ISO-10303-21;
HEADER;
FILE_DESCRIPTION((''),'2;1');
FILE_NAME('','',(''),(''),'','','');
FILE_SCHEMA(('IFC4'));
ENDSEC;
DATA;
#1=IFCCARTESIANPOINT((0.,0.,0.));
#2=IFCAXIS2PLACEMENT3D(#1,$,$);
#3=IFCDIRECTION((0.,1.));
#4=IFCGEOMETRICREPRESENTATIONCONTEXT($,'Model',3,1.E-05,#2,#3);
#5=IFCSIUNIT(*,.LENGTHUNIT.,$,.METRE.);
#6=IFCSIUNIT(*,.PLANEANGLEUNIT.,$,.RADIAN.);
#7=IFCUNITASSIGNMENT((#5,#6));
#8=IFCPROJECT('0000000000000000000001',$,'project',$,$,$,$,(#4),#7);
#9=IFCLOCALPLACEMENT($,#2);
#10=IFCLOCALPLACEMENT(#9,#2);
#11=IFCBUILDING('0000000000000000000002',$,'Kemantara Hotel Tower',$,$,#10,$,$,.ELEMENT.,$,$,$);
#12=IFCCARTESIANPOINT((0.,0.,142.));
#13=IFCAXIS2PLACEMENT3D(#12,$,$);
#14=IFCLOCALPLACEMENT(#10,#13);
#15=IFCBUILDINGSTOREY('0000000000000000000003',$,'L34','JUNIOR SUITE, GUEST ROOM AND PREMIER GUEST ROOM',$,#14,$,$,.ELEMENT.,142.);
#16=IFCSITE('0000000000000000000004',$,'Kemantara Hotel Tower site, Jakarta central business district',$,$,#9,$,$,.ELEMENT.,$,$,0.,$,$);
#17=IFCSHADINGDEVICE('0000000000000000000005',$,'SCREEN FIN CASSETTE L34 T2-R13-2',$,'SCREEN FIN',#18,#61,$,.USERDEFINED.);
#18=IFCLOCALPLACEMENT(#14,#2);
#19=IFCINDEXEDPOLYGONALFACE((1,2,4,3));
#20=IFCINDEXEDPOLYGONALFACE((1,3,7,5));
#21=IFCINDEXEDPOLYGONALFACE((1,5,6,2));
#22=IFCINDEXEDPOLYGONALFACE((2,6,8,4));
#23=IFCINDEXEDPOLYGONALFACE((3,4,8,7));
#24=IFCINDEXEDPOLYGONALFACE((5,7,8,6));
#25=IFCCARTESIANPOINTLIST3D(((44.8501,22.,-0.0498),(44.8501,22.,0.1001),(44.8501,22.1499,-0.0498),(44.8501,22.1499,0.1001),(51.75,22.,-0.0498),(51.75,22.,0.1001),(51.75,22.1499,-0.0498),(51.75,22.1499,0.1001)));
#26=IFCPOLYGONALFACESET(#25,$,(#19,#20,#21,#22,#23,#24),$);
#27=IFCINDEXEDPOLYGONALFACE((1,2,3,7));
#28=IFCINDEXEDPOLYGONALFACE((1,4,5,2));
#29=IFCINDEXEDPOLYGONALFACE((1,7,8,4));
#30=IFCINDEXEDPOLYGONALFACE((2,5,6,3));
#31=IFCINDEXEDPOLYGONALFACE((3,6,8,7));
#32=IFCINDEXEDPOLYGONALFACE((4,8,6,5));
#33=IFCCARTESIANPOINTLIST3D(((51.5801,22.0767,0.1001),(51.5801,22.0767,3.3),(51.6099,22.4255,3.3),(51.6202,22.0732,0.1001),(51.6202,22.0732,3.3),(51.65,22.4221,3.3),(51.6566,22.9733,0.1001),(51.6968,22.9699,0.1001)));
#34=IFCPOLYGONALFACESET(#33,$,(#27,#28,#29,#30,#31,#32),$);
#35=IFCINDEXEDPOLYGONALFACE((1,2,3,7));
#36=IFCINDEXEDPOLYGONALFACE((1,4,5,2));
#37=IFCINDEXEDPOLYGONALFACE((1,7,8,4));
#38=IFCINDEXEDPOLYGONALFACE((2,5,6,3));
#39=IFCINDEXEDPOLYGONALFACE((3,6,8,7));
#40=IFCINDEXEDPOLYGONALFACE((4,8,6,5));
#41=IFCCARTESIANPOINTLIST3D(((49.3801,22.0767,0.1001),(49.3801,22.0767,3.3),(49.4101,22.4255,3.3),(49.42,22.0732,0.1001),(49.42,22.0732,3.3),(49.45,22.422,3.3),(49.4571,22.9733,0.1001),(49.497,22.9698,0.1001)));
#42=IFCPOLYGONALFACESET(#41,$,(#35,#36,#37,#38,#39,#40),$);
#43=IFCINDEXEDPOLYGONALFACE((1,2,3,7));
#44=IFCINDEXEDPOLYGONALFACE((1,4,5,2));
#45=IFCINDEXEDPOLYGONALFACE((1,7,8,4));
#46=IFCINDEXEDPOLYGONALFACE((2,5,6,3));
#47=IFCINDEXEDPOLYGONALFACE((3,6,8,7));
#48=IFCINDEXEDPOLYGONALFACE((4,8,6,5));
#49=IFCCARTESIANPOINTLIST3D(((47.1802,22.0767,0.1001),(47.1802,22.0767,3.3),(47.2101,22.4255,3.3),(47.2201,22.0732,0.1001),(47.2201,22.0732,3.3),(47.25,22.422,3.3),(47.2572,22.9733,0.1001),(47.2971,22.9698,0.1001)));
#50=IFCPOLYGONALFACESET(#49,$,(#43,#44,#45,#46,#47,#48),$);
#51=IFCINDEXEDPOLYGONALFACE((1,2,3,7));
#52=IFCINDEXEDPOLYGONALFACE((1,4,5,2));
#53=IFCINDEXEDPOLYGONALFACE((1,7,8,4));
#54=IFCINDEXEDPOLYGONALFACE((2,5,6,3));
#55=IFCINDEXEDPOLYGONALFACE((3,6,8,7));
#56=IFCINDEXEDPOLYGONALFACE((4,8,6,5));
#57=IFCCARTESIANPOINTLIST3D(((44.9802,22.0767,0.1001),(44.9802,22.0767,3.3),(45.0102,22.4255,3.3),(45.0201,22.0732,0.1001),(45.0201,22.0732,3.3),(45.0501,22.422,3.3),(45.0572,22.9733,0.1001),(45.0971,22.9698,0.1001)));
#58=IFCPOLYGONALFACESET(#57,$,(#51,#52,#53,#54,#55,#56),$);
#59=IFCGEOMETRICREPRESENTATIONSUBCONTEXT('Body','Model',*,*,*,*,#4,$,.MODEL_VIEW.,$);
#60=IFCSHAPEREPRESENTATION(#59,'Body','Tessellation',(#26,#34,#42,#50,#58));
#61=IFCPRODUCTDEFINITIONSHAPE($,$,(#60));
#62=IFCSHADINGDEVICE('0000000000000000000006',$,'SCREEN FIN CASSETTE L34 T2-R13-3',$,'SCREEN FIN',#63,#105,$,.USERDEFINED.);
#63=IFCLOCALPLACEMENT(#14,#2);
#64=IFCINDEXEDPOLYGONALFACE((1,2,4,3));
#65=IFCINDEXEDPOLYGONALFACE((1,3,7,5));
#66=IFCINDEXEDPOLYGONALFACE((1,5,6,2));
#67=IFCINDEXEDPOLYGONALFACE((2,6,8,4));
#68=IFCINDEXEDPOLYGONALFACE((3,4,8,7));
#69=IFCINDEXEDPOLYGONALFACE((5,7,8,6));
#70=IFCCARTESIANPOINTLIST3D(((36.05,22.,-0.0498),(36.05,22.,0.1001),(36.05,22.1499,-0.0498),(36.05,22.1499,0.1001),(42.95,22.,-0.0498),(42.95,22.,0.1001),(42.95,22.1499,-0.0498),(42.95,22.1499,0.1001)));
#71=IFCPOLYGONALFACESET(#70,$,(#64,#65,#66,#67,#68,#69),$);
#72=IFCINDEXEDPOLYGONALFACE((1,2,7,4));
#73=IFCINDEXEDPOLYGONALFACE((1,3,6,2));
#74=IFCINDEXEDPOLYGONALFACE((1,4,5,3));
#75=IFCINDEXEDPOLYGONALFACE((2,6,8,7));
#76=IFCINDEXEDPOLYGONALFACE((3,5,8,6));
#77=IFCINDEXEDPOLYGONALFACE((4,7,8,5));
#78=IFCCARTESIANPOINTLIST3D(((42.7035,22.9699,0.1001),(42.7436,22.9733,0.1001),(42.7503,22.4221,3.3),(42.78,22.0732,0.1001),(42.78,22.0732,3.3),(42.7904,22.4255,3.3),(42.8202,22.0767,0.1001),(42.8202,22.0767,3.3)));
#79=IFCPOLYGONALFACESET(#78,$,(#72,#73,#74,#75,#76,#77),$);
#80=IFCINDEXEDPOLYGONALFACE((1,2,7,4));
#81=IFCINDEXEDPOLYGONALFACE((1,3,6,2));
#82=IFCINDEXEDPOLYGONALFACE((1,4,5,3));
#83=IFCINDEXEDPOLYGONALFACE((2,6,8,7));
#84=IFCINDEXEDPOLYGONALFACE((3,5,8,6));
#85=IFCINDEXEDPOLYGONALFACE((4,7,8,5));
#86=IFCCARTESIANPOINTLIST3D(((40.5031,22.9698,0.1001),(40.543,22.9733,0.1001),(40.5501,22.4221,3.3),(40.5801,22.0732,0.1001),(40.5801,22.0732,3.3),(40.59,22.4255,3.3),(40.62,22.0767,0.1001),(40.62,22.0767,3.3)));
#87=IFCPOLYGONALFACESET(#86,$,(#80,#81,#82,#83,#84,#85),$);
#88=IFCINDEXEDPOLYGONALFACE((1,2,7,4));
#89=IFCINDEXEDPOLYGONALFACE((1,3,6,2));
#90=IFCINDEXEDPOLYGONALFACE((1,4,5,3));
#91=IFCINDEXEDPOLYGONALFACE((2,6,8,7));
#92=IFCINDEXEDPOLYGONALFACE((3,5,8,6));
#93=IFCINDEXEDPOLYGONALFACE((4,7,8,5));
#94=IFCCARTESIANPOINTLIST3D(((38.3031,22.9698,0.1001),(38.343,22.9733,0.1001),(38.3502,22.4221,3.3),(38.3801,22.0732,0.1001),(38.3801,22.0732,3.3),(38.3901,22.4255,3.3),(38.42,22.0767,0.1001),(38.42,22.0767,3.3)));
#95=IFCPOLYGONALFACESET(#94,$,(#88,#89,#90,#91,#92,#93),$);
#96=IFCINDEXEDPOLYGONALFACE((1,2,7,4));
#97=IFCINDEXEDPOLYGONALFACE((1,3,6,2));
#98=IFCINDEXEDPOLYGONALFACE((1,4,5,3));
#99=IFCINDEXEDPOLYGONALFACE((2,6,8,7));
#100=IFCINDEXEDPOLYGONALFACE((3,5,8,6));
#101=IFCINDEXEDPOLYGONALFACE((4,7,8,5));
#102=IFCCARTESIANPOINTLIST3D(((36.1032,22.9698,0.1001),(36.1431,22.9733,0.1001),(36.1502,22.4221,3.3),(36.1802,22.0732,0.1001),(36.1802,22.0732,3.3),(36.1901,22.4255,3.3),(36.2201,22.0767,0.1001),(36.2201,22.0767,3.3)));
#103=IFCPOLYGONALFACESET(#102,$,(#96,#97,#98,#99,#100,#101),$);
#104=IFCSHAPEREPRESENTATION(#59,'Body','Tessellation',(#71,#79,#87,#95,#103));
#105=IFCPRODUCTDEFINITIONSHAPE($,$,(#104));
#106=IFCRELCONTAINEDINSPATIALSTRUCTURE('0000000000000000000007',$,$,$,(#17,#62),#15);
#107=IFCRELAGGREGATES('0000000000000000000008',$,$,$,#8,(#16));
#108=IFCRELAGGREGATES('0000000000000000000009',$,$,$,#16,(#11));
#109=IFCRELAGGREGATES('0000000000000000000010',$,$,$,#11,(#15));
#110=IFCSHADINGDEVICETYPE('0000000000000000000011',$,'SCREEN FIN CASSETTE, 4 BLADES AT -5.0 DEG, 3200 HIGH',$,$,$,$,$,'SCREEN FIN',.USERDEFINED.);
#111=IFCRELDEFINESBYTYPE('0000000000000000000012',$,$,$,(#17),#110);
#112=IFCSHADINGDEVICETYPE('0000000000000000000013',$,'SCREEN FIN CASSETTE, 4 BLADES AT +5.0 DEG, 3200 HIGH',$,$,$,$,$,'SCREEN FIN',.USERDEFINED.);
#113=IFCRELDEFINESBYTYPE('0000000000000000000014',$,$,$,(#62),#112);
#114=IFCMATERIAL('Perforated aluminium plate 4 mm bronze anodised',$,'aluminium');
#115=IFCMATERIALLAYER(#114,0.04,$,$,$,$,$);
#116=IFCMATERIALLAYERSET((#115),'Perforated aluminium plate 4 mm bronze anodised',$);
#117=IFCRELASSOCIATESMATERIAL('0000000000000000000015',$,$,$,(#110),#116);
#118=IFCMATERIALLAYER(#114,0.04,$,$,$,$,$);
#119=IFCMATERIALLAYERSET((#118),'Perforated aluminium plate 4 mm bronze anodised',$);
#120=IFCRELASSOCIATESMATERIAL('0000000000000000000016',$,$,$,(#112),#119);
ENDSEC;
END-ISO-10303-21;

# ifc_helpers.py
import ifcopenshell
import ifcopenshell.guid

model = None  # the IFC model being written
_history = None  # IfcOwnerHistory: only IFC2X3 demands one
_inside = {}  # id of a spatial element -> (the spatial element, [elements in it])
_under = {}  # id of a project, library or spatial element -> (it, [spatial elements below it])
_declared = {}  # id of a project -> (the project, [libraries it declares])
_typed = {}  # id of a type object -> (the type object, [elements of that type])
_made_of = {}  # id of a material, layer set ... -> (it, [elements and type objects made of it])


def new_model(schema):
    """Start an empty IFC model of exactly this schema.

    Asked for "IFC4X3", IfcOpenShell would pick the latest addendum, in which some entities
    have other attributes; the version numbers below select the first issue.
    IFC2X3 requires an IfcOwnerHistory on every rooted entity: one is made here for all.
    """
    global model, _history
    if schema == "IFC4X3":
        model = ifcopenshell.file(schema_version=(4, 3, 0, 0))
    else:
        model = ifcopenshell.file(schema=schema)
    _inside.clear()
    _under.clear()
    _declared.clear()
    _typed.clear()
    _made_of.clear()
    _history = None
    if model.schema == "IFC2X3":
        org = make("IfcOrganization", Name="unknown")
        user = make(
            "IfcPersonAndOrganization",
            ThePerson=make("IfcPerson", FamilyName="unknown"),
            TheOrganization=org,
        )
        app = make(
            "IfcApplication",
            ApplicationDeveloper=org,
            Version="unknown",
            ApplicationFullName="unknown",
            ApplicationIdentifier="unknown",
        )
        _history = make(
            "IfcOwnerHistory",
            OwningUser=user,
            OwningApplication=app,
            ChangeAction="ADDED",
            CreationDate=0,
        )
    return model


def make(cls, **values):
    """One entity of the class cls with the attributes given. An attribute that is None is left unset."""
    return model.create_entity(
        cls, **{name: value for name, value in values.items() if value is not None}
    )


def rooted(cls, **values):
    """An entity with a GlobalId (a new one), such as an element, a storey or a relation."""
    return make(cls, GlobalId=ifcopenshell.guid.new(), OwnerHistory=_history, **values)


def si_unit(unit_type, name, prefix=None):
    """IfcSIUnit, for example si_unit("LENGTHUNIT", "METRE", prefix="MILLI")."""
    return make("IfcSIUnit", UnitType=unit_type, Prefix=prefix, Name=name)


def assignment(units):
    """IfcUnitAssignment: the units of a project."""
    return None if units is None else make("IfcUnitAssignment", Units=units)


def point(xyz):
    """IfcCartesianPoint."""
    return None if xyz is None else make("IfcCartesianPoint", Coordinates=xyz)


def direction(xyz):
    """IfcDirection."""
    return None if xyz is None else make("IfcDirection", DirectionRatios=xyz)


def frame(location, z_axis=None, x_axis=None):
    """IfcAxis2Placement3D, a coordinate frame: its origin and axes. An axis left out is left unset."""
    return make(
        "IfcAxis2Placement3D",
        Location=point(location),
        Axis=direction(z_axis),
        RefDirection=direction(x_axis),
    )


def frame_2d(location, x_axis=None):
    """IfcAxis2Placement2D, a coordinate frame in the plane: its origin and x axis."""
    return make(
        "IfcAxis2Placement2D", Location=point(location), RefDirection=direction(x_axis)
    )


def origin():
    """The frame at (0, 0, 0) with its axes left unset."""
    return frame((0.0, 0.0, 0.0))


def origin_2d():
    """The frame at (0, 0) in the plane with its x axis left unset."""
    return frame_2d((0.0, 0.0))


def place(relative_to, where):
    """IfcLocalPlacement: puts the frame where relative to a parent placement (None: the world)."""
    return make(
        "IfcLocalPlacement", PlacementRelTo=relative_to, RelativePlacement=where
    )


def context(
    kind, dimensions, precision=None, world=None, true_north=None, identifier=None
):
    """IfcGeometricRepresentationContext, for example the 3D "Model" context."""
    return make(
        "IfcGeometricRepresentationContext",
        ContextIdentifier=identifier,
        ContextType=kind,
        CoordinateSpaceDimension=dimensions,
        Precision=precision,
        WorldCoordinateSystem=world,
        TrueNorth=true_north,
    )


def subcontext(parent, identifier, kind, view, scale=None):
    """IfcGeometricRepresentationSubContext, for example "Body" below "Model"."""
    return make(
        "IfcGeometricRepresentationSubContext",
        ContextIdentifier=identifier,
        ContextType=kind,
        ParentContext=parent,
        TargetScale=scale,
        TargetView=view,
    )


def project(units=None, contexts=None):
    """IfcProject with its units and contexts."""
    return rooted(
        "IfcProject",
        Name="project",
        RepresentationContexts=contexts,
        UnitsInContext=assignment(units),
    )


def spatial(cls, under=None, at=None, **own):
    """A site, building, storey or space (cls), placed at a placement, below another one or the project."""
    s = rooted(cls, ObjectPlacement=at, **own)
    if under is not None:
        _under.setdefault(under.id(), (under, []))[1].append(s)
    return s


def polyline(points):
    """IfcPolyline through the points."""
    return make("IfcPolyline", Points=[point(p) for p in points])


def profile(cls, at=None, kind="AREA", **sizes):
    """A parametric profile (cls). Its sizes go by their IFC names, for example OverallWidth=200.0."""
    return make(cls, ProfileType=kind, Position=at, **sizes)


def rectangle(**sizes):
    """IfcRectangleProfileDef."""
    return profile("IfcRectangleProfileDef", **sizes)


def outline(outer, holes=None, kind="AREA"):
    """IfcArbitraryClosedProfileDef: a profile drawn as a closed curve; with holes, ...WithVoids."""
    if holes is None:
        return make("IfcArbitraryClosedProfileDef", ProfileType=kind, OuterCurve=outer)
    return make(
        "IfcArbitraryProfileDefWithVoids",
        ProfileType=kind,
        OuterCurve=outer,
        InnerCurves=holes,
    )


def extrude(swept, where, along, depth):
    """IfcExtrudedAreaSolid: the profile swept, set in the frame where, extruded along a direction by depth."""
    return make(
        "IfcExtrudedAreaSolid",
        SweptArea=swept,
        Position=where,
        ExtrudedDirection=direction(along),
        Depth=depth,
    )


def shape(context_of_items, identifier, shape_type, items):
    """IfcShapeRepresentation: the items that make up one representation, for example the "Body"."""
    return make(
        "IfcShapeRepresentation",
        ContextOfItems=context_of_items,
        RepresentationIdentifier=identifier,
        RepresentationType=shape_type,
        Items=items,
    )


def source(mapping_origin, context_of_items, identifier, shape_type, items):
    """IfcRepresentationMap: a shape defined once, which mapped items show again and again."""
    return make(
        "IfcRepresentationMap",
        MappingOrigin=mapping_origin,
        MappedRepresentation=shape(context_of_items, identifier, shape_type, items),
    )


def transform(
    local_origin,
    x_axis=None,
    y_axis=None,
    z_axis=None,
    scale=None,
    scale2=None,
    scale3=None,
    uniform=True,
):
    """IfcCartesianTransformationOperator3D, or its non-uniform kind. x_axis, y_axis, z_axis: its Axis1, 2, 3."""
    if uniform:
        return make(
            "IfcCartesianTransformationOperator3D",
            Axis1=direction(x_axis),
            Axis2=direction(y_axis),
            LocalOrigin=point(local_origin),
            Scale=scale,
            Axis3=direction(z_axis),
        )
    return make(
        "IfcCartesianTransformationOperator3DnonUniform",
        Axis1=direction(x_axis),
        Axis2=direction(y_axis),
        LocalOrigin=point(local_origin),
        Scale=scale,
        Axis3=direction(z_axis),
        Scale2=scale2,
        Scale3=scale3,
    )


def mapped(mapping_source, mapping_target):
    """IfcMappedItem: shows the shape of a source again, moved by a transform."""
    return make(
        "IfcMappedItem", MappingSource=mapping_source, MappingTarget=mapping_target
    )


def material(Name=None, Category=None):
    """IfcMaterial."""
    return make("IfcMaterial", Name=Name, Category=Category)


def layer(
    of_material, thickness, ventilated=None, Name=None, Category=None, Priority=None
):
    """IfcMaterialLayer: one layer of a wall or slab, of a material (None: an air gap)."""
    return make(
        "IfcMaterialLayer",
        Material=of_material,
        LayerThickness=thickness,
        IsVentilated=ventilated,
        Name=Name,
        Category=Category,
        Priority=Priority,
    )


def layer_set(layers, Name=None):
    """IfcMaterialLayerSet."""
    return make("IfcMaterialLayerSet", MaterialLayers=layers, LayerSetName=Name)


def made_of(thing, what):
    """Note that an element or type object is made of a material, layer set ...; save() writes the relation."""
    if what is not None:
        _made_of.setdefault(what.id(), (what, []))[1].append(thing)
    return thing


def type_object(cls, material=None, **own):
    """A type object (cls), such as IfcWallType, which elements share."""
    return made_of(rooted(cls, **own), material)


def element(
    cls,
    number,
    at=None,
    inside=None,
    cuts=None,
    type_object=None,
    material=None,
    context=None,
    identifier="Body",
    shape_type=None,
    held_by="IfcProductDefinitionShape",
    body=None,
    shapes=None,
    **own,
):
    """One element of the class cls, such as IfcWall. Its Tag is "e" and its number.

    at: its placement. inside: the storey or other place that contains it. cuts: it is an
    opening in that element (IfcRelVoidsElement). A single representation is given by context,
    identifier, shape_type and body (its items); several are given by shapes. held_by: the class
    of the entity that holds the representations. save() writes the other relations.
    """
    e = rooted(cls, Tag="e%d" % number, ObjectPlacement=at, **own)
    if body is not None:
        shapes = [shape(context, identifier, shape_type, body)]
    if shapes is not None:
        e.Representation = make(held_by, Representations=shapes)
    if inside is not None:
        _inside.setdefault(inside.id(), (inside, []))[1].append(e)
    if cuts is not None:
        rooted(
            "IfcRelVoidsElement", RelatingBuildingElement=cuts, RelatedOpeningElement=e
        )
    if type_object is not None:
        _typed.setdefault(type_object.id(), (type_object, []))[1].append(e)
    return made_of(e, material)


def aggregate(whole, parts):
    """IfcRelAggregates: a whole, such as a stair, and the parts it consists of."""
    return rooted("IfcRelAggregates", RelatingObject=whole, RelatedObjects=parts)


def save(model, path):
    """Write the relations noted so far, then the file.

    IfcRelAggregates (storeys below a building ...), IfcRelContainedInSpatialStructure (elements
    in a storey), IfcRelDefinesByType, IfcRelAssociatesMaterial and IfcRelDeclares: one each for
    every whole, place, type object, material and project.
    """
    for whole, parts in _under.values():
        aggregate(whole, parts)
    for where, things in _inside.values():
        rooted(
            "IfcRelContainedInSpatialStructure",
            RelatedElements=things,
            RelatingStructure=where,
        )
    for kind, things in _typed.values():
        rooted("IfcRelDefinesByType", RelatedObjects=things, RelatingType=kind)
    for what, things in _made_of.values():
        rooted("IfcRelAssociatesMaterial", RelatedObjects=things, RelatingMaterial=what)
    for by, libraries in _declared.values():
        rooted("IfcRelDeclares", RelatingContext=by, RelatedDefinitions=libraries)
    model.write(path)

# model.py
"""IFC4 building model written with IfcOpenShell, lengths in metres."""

from ifc_helpers import new_model, si_unit, direction, frame, origin, origin_2d, place, context, subcontext, project, spatial, polyline, rectangle, outline, extrude, source, transform, mapped, material, layer, layer_set, type_object, element, save


model = new_model("IFC4")

# Units and contexts
model_context = context("Model", 3, precision=1e-05, world=origin(), true_north=direction((0.0, 1.0)))
body_context = subcontext(model_context, "Body", "Model", "MODEL_VIEW")
ifc_project = project(units=[si_unit("LENGTHUNIT", "METRE"), si_unit("PLANEANGLEUNIT", "RADIAN")], contexts=[model_context])

# Site, building, storey
site_placement = place(None, origin())
site = spatial("IfcSite", under=ifc_project, at=site_placement, Name="Kemantara Hotel Tower site, Jakarta central business district", CompositionType="ELEMENT", RefElevation=0.0)
building_placement = place(site_placement, origin())
building = spatial("IfcBuilding", under=site, at=building_placement, Name="Kemantara Hotel Tower", CompositionType="ELEMENT")
storey_placement = place(building_placement, frame((0.0, 0.0, 142.0)))
storey = spatial("IfcBuildingStorey", under=building, at=storey_placement, Name="L34", Description="JUNIOR SUITE, GUEST ROOM AND PREMIER GUEST ROOM", CompositionType="ELEMENT", Elevation=142.0)

# Shading devices
ifc_material_1 = material(Name="Perforated aluminium plate 4 mm bronze anodised", Category="aluminium")
ifc_layer_1 = layer(ifc_material_1, 0.04)
ifc_layer_set_1 = layer_set([ifc_layer_1], Name="Perforated aluminium plate 4 mm bronze anodised")
shading_device_type_1 = type_object("IfcShadingDeviceType", Name="SCREEN FIN CASSETTE, 4 BLADES AT -5.0 DEG, 3200 HIGH", ElementType="SCREEN FIN", PredefinedType="USERDEFINED", material=ifc_layer_set_1)
shared_shape_1 = source(origin(), body_context, "Body", "SweptSolid", [
    extrude(rectangle(XDim=6.8999, YDim=0.1499, at=origin_2d()), frame((3.3, -0.075, -0.1499), z_axis=(0.0, 0.0, 1.0), x_axis=(1.0, 0.0, 0.0)), (0.0, 0.0, 1.0), 0.1499),
    extrude(outline(polyline([(0.0, 0.0), (0.8999, 0.0), (0.3501, 3.2), (0.0, 3.2), (0.0, 0.0)])), frame((0.02, -0.0767, 0.0), z_axis=(-0.996376, 0.085056, 0.0), x_axis=(-0.085056, -0.996376, 0.0)), (0.0, 0.0, 1.0), 0.0403),
    extrude(outline(polyline([(0.0, 0.0), (0.8999, 0.0), (0.3501, 3.2), (0.0, 3.2), (0.0, 0.0)])), frame((2.22, -0.0767, 0.0), z_axis=(-0.996332, 0.085575, 0.0), x_axis=(-0.085575, -0.996332, 0.0)), (0.0, 0.0, 1.0), 0.04),
    extrude(outline(polyline([(0.0, 0.0), (0.8999, 0.0), (0.3501, 3.2), (0.0, 3.2), (0.0, 0.0)])), frame((4.4199, -0.0767, 0.0), z_axis=(-0.996332, 0.085575, 0.0), x_axis=(-0.085575, -0.996332, 0.0)), (0.0, 0.0, 1.0), 0.04),
    extrude(outline(polyline([(0.0, 0.0), (0.8999, 0.0), (0.3501, 3.2), (0.0, 3.2), (0.0, 0.0)])), frame((6.6199, -0.0767, 0.0), z_axis=(-0.996332, 0.085575, 0.0), x_axis=(-0.085575, -0.996332, 0.0)), (0.0, 0.0, 1.0), 0.04),
])
shading_device_1_placement = place(storey_placement, frame((51.6001, 22.0, 0.1001), z_axis=(0.0, 0.0, 1.0), x_axis=(-1.0, 0.0, 0.0)))
element("IfcShadingDevice", 1, at=shading_device_1_placement, inside=storey, type_object=shading_device_type_1, Name="SCREEN FIN CASSETTE L34 T2-R13-2", ObjectType="SCREEN FIN", PredefinedType="USERDEFINED", context=body_context, shape_type="MappedRepresentation", body=[
    mapped(shared_shape_1, transform((0.0, 0.0, 0.0))),
])
ifc_layer_2 = layer(ifc_material_1, 0.04)
ifc_layer_set_2 = layer_set([ifc_layer_2], Name="Perforated aluminium plate 4 mm bronze anodised")
shading_device_type_2 = type_object("IfcShadingDeviceType", Name="SCREEN FIN CASSETTE, 4 BLADES AT +5.0 DEG, 3200 HIGH", ElementType="SCREEN FIN", PredefinedType="USERDEFINED", material=ifc_layer_set_2)
shared_shape_2 = source(origin(), body_context, "Body", "SweptSolid", [
    extrude(rectangle(XDim=6.8999, YDim=0.1499, at=origin_2d()), frame((3.3, -0.075, -0.1499), z_axis=(0.0, 0.0, 1.0), x_axis=(1.0, 0.0, 0.0)), (0.0, 0.0, 1.0), 0.1499),
    extrude(outline(polyline([(0.0, 0.0), (0.8999, 0.0), (0.3501, 3.2), (0.0, 3.2), (0.0, 0.0)])), frame((0.02, -0.0732, 0.0), z_axis=(-0.996376, -0.085056, 0.0), x_axis=(0.085056, -0.996376, 0.0)), (0.0, 0.0, 1.0), 0.0403),
    extrude(outline(polyline([(0.0, 0.0), (0.8999, 0.0), (0.3501, 3.2), (0.0, 3.2), (0.0, 0.0)])), frame((2.22, -0.0732, 0.0), z_axis=(-0.996332, -0.085575, 0.0), x_axis=(0.085575, -0.996332, 0.0)), (0.0, 0.0, 1.0), 0.04),
    extrude(outline(polyline([(0.0, 0.0), (0.8999, 0.0), (0.3501, 3.2), (0.0, 3.2), (0.0, 0.0)])), frame((4.4199, -0.0732, 0.0), z_axis=(-0.996332, -0.085575, 0.0), x_axis=(0.085575, -0.996332, 0.0)), (0.0, 0.0, 1.0), 0.04),
    extrude(outline(polyline([(0.0, 0.0), (0.8999, 0.0), (0.3501, 3.2), (0.0, 3.2), (0.0, 0.0)])), frame((6.6199, -0.0732, 0.0), z_axis=(-0.996332, -0.085575, 0.0), x_axis=(0.085575, -0.996332, 0.0)), (0.0, 0.0, 1.0), 0.04),
])
shading_device_2_placement = place(storey_placement, frame((42.8, 22.0, 0.1001), z_axis=(0.0, 0.0, 1.0), x_axis=(-1.0, 0.0, 0.0)))
element("IfcShadingDevice", 2, at=shading_device_2_placement, inside=storey, type_object=shading_device_type_2, Name="SCREEN FIN CASSETTE L34 T2-R13-3", ObjectType="SCREEN FIN", PredefinedType="USERDEFINED", context=body_context, shape_type="MappedRepresentation", body=[
    mapped(shared_shape_2, transform((0.0, 0.0, 0.0))),
])

save(model, "model.ifc")
